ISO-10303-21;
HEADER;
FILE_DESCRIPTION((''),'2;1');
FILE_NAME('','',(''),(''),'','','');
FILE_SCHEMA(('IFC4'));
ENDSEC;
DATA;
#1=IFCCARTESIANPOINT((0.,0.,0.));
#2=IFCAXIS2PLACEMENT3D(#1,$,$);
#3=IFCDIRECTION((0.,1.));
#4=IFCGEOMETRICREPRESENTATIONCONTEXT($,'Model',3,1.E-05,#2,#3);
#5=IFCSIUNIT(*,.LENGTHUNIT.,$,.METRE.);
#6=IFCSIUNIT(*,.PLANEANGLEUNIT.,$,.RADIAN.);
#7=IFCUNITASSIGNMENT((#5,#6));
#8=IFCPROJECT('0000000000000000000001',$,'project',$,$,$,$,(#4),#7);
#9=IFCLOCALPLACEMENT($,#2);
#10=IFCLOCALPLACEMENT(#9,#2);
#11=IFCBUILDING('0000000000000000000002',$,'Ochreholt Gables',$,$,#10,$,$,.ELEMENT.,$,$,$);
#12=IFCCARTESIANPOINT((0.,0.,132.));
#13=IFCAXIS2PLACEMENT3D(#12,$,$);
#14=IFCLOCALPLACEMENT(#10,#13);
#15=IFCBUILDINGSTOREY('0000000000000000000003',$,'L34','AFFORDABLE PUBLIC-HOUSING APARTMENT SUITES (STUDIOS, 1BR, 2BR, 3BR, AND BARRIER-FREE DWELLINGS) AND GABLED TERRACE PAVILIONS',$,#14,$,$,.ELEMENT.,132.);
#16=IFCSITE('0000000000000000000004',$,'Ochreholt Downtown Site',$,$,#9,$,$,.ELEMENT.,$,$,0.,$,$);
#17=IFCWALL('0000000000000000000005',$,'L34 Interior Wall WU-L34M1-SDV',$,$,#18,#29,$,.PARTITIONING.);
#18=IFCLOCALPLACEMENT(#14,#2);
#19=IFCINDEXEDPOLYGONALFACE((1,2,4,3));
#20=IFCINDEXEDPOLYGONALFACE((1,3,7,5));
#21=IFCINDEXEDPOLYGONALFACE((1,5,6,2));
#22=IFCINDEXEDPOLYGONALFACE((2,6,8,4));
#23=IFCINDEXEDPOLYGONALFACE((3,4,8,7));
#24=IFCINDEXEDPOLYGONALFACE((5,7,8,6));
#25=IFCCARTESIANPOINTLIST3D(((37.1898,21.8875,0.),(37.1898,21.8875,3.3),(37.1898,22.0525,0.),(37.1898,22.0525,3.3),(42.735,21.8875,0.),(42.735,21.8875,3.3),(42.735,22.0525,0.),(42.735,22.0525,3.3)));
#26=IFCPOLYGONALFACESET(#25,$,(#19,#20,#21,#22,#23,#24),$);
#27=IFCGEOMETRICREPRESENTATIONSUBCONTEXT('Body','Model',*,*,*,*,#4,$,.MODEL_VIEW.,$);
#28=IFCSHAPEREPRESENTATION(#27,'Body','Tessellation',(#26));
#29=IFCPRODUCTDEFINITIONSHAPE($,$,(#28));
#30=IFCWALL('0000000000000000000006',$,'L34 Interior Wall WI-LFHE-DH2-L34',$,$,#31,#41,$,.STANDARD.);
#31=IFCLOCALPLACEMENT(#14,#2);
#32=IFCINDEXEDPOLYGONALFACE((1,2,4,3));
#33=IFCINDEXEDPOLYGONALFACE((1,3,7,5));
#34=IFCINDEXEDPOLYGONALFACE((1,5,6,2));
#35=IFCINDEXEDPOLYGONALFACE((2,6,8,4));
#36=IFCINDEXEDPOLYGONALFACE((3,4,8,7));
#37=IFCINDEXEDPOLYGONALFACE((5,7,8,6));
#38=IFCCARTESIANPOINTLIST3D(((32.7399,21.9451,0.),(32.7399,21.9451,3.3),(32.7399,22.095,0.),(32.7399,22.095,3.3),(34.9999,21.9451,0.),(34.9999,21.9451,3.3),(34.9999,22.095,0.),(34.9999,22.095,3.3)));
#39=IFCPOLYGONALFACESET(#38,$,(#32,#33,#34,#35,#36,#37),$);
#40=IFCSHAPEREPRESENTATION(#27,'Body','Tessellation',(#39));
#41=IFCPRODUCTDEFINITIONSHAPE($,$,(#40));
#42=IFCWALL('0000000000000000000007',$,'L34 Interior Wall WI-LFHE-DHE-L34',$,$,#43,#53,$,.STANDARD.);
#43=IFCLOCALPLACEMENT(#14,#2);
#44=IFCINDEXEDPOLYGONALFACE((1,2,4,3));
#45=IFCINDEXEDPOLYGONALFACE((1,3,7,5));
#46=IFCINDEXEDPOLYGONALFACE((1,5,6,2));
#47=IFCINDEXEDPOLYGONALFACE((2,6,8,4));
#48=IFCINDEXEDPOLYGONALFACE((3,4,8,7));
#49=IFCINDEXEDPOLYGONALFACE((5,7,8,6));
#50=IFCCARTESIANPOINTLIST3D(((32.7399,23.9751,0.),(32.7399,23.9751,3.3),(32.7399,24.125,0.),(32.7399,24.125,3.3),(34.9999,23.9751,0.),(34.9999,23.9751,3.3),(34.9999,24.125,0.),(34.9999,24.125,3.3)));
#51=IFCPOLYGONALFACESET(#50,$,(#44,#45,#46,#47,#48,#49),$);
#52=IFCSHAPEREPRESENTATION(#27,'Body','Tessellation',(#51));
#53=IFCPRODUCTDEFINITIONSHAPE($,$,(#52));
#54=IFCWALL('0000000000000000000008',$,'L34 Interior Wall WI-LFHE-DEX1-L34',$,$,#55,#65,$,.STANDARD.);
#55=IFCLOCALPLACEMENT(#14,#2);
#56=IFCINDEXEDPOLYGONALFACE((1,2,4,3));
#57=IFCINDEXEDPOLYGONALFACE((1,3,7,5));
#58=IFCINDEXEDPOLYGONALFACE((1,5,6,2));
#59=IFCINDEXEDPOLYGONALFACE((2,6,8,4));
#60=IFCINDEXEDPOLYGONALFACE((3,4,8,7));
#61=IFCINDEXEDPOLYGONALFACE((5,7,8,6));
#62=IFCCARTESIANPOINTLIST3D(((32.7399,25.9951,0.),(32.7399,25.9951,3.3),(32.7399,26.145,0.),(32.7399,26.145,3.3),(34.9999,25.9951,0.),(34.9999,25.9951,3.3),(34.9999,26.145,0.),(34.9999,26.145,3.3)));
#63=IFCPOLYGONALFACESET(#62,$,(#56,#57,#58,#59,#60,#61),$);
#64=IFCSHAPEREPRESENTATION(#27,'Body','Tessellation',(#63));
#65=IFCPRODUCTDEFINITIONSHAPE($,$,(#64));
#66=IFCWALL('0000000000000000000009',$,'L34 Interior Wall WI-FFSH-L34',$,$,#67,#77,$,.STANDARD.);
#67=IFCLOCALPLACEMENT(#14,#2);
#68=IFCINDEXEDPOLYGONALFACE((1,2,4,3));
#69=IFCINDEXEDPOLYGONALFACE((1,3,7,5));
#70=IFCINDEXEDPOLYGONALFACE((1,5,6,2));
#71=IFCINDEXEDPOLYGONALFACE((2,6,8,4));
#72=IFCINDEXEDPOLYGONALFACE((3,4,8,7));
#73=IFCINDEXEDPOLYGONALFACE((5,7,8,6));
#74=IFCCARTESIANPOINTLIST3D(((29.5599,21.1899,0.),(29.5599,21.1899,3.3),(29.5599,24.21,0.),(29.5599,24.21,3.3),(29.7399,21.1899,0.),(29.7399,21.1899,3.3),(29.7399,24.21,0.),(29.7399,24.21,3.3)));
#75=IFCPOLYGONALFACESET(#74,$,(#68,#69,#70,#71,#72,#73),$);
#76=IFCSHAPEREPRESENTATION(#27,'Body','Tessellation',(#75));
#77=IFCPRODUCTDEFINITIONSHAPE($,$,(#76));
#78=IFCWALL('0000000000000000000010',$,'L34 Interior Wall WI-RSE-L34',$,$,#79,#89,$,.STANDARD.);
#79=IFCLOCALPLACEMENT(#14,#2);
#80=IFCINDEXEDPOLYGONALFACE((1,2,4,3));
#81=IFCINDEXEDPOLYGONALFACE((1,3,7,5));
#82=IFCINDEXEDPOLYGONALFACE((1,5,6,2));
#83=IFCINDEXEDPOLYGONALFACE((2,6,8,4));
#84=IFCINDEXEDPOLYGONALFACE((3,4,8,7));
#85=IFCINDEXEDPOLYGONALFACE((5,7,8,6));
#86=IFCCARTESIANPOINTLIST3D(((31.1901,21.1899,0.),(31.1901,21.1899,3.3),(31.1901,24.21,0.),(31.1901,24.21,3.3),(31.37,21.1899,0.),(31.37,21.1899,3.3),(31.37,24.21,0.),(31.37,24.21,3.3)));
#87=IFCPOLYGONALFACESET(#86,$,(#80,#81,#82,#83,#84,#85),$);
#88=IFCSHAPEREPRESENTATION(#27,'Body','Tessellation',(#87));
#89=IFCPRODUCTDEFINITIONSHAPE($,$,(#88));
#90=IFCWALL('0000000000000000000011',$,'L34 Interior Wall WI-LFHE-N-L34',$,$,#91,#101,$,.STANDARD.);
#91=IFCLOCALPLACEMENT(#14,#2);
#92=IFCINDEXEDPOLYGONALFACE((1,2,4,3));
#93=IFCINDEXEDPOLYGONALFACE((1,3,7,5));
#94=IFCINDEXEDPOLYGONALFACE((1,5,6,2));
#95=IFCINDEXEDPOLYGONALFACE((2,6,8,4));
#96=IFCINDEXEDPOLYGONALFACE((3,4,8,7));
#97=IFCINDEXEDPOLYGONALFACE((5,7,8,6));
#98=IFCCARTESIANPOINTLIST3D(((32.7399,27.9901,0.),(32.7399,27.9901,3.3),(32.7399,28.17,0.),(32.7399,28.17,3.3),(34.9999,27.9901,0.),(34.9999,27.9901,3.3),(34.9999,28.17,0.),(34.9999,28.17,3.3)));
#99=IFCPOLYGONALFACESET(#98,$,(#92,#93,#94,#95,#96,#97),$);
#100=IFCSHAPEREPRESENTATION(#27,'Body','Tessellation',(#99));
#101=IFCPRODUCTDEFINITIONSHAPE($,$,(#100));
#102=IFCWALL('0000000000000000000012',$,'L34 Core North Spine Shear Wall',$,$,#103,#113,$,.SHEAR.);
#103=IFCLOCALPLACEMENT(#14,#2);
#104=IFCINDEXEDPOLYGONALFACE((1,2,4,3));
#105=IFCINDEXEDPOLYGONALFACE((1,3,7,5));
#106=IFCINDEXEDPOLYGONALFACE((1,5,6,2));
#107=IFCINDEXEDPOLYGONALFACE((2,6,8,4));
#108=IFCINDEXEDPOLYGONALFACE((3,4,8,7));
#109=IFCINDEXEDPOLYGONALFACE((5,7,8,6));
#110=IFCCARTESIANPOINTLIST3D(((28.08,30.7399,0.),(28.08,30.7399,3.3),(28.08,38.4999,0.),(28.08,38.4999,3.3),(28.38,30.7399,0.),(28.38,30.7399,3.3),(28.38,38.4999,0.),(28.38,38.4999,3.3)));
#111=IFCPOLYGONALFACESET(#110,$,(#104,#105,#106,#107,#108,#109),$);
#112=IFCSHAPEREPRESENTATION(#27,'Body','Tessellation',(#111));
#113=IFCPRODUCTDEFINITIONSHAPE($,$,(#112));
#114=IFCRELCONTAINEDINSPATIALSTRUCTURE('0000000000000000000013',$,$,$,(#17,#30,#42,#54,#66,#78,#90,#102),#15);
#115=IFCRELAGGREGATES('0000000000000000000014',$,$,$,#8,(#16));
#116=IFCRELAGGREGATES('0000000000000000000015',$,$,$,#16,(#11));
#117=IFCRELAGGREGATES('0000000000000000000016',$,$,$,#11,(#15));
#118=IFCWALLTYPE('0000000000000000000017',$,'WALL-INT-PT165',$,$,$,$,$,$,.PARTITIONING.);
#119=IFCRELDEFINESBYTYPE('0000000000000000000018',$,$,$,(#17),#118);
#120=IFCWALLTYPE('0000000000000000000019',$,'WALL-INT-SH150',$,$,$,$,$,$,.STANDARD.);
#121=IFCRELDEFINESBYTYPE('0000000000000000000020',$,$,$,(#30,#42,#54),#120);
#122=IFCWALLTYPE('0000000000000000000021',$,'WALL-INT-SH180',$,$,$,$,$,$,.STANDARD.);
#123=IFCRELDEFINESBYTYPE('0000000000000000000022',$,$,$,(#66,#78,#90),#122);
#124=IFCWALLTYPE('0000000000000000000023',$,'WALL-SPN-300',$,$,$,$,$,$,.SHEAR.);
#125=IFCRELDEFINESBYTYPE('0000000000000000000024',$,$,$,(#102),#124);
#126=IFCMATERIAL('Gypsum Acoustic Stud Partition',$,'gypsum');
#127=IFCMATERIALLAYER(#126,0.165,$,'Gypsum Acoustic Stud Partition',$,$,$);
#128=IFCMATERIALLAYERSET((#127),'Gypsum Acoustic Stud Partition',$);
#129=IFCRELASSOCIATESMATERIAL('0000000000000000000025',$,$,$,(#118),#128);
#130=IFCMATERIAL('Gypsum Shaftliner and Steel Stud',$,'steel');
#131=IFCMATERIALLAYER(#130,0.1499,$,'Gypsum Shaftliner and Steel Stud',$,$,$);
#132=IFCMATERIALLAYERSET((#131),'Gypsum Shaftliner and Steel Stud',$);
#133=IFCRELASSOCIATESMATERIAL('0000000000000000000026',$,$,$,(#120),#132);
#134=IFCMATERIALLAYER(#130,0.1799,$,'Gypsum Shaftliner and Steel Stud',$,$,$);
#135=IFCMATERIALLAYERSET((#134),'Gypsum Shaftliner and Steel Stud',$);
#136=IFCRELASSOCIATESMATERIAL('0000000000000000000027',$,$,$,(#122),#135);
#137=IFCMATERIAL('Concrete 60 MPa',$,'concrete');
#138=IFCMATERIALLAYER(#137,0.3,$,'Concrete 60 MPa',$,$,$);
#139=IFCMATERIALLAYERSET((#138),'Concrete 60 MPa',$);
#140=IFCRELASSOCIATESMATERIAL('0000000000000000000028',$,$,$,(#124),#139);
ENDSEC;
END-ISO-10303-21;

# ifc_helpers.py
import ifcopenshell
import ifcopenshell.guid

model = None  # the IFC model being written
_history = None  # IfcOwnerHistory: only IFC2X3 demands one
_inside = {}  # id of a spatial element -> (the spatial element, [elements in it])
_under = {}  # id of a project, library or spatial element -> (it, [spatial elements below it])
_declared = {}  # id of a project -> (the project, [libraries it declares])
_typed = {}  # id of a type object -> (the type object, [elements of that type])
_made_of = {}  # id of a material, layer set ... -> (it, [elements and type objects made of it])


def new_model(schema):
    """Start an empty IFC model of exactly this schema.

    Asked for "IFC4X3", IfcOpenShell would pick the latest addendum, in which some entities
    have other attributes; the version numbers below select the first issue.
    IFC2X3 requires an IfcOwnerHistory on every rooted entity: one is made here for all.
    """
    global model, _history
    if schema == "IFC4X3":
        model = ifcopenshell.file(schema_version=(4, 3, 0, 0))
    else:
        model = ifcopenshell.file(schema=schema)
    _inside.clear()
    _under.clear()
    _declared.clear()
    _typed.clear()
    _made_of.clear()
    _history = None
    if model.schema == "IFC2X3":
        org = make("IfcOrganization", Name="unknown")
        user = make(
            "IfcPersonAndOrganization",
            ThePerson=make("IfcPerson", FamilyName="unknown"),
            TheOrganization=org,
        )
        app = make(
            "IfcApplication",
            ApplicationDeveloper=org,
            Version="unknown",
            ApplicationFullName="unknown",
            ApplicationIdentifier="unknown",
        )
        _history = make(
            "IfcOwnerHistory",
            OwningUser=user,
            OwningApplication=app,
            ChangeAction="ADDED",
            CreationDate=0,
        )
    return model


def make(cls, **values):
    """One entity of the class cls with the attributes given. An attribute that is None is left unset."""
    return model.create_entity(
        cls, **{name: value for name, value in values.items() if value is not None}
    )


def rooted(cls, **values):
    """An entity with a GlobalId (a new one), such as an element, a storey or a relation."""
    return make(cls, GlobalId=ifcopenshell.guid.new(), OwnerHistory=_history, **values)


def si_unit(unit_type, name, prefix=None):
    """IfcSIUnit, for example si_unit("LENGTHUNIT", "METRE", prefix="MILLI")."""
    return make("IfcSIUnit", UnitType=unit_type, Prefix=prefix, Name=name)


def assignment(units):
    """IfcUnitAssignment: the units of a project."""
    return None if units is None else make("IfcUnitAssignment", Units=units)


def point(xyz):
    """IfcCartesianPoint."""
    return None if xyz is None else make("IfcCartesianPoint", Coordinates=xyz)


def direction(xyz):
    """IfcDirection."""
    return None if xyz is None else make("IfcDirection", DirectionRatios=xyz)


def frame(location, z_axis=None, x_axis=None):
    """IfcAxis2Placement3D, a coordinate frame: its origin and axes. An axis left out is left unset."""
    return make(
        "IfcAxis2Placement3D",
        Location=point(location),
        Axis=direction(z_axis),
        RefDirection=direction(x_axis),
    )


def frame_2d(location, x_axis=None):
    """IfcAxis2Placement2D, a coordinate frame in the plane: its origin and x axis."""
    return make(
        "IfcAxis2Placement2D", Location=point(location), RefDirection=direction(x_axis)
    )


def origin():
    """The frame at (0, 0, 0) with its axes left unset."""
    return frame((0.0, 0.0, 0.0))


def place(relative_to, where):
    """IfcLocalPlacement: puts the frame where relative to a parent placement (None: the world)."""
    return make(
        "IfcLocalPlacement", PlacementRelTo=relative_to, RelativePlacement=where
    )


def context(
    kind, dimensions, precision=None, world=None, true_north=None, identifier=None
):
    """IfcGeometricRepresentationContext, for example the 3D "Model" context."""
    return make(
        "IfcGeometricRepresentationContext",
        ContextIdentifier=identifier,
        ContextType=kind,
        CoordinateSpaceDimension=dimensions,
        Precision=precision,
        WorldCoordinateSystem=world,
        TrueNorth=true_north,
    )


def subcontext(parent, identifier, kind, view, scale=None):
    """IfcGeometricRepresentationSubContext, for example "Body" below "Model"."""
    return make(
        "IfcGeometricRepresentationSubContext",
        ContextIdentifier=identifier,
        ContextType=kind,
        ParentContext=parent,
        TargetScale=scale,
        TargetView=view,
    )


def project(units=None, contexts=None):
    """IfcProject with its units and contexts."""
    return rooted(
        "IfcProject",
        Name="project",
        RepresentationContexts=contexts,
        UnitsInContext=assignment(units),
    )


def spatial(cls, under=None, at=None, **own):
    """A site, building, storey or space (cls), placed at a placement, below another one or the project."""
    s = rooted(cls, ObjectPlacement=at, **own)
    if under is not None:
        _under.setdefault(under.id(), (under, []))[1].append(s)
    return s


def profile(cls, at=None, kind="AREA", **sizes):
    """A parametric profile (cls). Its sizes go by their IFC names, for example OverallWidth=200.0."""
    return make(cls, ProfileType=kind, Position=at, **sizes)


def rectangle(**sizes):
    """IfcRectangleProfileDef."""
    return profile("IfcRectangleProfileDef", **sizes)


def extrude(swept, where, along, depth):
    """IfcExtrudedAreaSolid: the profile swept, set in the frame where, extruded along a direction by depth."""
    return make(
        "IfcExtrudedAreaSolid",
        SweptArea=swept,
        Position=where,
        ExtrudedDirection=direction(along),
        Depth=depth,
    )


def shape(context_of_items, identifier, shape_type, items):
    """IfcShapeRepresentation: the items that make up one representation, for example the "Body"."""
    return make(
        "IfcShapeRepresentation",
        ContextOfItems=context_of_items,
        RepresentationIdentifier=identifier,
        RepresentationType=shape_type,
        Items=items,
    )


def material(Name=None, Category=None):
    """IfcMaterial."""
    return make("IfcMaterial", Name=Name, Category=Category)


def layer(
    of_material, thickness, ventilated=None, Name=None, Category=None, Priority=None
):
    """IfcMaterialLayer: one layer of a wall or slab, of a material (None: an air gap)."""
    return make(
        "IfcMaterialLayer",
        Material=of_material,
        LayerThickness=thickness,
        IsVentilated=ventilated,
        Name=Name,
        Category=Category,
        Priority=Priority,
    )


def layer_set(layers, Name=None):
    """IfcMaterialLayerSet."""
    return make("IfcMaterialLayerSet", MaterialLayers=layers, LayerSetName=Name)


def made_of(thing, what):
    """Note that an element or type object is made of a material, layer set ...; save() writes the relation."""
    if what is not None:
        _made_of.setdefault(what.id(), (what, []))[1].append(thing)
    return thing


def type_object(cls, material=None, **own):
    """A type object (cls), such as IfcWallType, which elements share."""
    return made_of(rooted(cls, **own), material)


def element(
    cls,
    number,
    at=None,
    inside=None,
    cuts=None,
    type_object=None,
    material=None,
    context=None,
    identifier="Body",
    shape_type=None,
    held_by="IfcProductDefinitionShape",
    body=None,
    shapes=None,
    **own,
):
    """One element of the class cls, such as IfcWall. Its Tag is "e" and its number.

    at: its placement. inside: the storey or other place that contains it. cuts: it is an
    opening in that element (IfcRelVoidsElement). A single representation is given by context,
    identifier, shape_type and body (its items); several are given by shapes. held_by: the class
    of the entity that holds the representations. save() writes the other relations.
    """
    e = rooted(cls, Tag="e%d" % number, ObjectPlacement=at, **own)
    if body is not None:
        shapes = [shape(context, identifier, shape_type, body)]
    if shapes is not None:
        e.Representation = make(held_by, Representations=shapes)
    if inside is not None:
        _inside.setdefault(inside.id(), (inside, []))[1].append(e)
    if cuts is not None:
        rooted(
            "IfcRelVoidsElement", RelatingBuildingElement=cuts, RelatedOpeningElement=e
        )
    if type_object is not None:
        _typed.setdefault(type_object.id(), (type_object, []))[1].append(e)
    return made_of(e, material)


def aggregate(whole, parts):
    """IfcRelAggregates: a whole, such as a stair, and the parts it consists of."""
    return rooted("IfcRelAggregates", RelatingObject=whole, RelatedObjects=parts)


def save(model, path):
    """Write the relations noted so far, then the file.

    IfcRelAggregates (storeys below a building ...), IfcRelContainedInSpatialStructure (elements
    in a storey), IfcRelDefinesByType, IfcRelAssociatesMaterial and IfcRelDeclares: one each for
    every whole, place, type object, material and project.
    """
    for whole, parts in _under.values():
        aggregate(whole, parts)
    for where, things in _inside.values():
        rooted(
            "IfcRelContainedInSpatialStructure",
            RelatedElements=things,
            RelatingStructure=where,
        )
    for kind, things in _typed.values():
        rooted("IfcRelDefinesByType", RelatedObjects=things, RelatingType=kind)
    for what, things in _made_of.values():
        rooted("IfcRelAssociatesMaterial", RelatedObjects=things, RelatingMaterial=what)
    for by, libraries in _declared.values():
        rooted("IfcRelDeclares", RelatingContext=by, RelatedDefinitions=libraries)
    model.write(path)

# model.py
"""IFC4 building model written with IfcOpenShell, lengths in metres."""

from ifc_helpers import new_model, si_unit, direction, frame, frame_2d, origin, place, context, subcontext, project, spatial, rectangle, extrude, material, layer, layer_set, type_object, element, save


model = new_model("IFC4")

# Units and contexts
model_context = context("Model", 3, precision=1e-05, world=origin(), true_north=direction((0.0, 1.0)))
body_context = subcontext(model_context, "Body", "Model", "MODEL_VIEW")
ifc_project = project(units=[si_unit("LENGTHUNIT", "METRE"), si_unit("PLANEANGLEUNIT", "RADIAN")], contexts=[model_context])

# Site, building, storey
site_placement = place(None, origin())
site = spatial("IfcSite", under=ifc_project, at=site_placement, Name="Ochreholt Downtown Site", CompositionType="ELEMENT", RefElevation=0.0)
building_placement = place(site_placement, origin())
building = spatial("IfcBuilding", under=site, at=building_placement, Name="Ochreholt Gables", CompositionType="ELEMENT")
storey_placement = place(building_placement, frame((0.0, 0.0, 132.0)))
storey = spatial("IfcBuildingStorey", under=building, at=storey_placement, Name="L34", Description="AFFORDABLE PUBLIC-HOUSING APARTMENT SUITES (STUDIOS, 1BR, 2BR, 3BR, AND BARRIER-FREE DWELLINGS) AND GABLED TERRACE PAVILIONS", CompositionType="ELEMENT", Elevation=132.0)

# Shared definitions
ifc_material_1 = material(Name="Concrete 60 MPa", Category="concrete")

# Walls
ifc_material_2 = material(Name="Gypsum Acoustic Stud Partition", Category="gypsum")
ifc_layer_1 = layer(ifc_material_2, 0.165, Name="Gypsum Acoustic Stud Partition")
ifc_layer_set_1 = layer_set([ifc_layer_1], Name="Gypsum Acoustic Stud Partition")
wall_type_1 = type_object("IfcWallType", Name="WALL-INT-PT165", PredefinedType="PARTITIONING", material=ifc_layer_set_1)
wall_1_placement = place(storey_placement, frame((37.1899, 21.97, 0.0), z_axis=(0.0, 0.0, 1.0), x_axis=(1.0, 0.0, 0.0)))
element("IfcWall", 1, at=wall_1_placement, inside=storey, type_object=wall_type_1, Name="L34 Interior Wall WU-L34M1-SDV", PredefinedType="PARTITIONING", context=body_context, shape_type="SweptSolid", body=[
    extrude(rectangle(XDim=5.5452, YDim=0.165, at=frame_2d((2.7725, 0.0))), origin(), (0.0, 0.0, 1.0), 3.3),
])
ifc_material_3 = material(Name="Gypsum Shaftliner and Steel Stud", Category="steel")
ifc_layer_2 = layer(ifc_material_3, 0.1499, Name="Gypsum Shaftliner and Steel Stud")
ifc_layer_set_2 = layer_set([ifc_layer_2], Name="Gypsum Shaftliner and Steel Stud")
wall_type_2 = type_object("IfcWallType", Name="WALL-INT-SH150", PredefinedType="STANDARD", material=ifc_layer_set_2)
for number, where, z_axis, x_axis, name in (
    (2, (32.74, 22.02, 0.0), (0.0, 0.0, 1.0), (1.0, 0.0, 0.0), "L34 Interior Wall WI-LFHE-DH2-L34"),
    (3, (32.74, 24.05, 0.0), (0.0, 0.0, 1.0), (1.0, 0.0, 0.0), "L34 Interior Wall WI-LFHE-DHE-L34"),
    (4, (32.74, 26.0701, 0.0), (0.0, 0.0, 1.0), (1.0, 0.0, 0.0), "L34 Interior Wall WI-LFHE-DEX1-L34"),
):
    element("IfcWall", number, at=place(storey_placement, frame(where, z_axis=z_axis, x_axis=x_axis)), inside=storey, type_object=wall_type_2, Name=name, PredefinedType="STANDARD", context=body_context, shape_type="SweptSolid", body=[
        extrude(rectangle(XDim=2.26, YDim=0.1499, at=frame_2d((1.1299, 0.0))), origin(), (0.0, 0.0, 1.0), 3.3),
    ])
ifc_layer_3 = layer(ifc_material_3, 0.1799, Name="Gypsum Shaftliner and Steel Stud")
ifc_layer_set_3 = layer_set([ifc_layer_3], Name="Gypsum Shaftliner and Steel Stud")
wall_type_3 = type_object("IfcWallType", Name="WALL-INT-SH180", PredefinedType="STANDARD", material=ifc_layer_set_3)
for number, where, z_axis, x_axis, name in (
    (5, (29.6499, 21.1899, 0.0), (0.0, 0.0, 1.0), (0.0, 1.0, 0.0), "L34 Interior Wall WI-FFSH-L34"),
    (6, (31.28, 21.1899, 0.0), (0.0, 0.0, 1.0), (0.0, 1.0, 0.0), "L34 Interior Wall WI-RSE-L34"),
):
    element("IfcWall", number, at=place(storey_placement, frame(where, z_axis=z_axis, x_axis=x_axis)), inside=storey, type_object=wall_type_3, Name=name, PredefinedType="STANDARD", context=body_context, shape_type="SweptSolid", body=[
        extrude(rectangle(XDim=3.02, YDim=0.1799, at=frame_2d((1.51, 0.0))), origin(), (0.0, 0.0, 1.0), 3.3),
    ])
wall_2_placement = place(storey_placement, frame((32.74, 28.0801, 0.0), z_axis=(0.0, 0.0, 1.0), x_axis=(1.0, 0.0, 0.0)))
element("IfcWall", 7, at=wall_2_placement, inside=storey, type_object=wall_type_3, Name="L34 Interior Wall WI-LFHE-N-L34", PredefinedType="STANDARD", context=body_context, shape_type="SweptSolid", body=[
    extrude(rectangle(XDim=2.26, YDim=0.1799, at=frame_2d((1.1299, 0.0))), origin(), (0.0, 0.0, 1.0), 3.3),
])
ifc_layer_4 = layer(ifc_material_1, 0.3, Name="Concrete 60 MPa")
ifc_layer_set_4 = layer_set([ifc_layer_4], Name="Concrete 60 MPa")
wall_type_4 = type_object("IfcWallType", Name="WALL-SPN-300", PredefinedType="SHEAR", material=ifc_layer_set_4)
wall_3_placement = place(storey_placement, frame((28.23, 30.74, 0.0), z_axis=(0.0, 0.0, 1.0), x_axis=(0.0, 1.0, 0.0)))
element("IfcWall", 8, at=wall_3_placement, inside=storey, type_object=wall_type_4, Name="L34 Core North Spine Shear Wall", PredefinedType="SHEAR", context=body_context, shape_type="SweptSolid", body=[
    extrude(rectangle(XDim=7.76, YDim=0.3, at=frame_2d((3.8799, 0.0))), origin(), (0.0, 0.0, 1.0), 3.3),
])

save(model, "model.ifc")
